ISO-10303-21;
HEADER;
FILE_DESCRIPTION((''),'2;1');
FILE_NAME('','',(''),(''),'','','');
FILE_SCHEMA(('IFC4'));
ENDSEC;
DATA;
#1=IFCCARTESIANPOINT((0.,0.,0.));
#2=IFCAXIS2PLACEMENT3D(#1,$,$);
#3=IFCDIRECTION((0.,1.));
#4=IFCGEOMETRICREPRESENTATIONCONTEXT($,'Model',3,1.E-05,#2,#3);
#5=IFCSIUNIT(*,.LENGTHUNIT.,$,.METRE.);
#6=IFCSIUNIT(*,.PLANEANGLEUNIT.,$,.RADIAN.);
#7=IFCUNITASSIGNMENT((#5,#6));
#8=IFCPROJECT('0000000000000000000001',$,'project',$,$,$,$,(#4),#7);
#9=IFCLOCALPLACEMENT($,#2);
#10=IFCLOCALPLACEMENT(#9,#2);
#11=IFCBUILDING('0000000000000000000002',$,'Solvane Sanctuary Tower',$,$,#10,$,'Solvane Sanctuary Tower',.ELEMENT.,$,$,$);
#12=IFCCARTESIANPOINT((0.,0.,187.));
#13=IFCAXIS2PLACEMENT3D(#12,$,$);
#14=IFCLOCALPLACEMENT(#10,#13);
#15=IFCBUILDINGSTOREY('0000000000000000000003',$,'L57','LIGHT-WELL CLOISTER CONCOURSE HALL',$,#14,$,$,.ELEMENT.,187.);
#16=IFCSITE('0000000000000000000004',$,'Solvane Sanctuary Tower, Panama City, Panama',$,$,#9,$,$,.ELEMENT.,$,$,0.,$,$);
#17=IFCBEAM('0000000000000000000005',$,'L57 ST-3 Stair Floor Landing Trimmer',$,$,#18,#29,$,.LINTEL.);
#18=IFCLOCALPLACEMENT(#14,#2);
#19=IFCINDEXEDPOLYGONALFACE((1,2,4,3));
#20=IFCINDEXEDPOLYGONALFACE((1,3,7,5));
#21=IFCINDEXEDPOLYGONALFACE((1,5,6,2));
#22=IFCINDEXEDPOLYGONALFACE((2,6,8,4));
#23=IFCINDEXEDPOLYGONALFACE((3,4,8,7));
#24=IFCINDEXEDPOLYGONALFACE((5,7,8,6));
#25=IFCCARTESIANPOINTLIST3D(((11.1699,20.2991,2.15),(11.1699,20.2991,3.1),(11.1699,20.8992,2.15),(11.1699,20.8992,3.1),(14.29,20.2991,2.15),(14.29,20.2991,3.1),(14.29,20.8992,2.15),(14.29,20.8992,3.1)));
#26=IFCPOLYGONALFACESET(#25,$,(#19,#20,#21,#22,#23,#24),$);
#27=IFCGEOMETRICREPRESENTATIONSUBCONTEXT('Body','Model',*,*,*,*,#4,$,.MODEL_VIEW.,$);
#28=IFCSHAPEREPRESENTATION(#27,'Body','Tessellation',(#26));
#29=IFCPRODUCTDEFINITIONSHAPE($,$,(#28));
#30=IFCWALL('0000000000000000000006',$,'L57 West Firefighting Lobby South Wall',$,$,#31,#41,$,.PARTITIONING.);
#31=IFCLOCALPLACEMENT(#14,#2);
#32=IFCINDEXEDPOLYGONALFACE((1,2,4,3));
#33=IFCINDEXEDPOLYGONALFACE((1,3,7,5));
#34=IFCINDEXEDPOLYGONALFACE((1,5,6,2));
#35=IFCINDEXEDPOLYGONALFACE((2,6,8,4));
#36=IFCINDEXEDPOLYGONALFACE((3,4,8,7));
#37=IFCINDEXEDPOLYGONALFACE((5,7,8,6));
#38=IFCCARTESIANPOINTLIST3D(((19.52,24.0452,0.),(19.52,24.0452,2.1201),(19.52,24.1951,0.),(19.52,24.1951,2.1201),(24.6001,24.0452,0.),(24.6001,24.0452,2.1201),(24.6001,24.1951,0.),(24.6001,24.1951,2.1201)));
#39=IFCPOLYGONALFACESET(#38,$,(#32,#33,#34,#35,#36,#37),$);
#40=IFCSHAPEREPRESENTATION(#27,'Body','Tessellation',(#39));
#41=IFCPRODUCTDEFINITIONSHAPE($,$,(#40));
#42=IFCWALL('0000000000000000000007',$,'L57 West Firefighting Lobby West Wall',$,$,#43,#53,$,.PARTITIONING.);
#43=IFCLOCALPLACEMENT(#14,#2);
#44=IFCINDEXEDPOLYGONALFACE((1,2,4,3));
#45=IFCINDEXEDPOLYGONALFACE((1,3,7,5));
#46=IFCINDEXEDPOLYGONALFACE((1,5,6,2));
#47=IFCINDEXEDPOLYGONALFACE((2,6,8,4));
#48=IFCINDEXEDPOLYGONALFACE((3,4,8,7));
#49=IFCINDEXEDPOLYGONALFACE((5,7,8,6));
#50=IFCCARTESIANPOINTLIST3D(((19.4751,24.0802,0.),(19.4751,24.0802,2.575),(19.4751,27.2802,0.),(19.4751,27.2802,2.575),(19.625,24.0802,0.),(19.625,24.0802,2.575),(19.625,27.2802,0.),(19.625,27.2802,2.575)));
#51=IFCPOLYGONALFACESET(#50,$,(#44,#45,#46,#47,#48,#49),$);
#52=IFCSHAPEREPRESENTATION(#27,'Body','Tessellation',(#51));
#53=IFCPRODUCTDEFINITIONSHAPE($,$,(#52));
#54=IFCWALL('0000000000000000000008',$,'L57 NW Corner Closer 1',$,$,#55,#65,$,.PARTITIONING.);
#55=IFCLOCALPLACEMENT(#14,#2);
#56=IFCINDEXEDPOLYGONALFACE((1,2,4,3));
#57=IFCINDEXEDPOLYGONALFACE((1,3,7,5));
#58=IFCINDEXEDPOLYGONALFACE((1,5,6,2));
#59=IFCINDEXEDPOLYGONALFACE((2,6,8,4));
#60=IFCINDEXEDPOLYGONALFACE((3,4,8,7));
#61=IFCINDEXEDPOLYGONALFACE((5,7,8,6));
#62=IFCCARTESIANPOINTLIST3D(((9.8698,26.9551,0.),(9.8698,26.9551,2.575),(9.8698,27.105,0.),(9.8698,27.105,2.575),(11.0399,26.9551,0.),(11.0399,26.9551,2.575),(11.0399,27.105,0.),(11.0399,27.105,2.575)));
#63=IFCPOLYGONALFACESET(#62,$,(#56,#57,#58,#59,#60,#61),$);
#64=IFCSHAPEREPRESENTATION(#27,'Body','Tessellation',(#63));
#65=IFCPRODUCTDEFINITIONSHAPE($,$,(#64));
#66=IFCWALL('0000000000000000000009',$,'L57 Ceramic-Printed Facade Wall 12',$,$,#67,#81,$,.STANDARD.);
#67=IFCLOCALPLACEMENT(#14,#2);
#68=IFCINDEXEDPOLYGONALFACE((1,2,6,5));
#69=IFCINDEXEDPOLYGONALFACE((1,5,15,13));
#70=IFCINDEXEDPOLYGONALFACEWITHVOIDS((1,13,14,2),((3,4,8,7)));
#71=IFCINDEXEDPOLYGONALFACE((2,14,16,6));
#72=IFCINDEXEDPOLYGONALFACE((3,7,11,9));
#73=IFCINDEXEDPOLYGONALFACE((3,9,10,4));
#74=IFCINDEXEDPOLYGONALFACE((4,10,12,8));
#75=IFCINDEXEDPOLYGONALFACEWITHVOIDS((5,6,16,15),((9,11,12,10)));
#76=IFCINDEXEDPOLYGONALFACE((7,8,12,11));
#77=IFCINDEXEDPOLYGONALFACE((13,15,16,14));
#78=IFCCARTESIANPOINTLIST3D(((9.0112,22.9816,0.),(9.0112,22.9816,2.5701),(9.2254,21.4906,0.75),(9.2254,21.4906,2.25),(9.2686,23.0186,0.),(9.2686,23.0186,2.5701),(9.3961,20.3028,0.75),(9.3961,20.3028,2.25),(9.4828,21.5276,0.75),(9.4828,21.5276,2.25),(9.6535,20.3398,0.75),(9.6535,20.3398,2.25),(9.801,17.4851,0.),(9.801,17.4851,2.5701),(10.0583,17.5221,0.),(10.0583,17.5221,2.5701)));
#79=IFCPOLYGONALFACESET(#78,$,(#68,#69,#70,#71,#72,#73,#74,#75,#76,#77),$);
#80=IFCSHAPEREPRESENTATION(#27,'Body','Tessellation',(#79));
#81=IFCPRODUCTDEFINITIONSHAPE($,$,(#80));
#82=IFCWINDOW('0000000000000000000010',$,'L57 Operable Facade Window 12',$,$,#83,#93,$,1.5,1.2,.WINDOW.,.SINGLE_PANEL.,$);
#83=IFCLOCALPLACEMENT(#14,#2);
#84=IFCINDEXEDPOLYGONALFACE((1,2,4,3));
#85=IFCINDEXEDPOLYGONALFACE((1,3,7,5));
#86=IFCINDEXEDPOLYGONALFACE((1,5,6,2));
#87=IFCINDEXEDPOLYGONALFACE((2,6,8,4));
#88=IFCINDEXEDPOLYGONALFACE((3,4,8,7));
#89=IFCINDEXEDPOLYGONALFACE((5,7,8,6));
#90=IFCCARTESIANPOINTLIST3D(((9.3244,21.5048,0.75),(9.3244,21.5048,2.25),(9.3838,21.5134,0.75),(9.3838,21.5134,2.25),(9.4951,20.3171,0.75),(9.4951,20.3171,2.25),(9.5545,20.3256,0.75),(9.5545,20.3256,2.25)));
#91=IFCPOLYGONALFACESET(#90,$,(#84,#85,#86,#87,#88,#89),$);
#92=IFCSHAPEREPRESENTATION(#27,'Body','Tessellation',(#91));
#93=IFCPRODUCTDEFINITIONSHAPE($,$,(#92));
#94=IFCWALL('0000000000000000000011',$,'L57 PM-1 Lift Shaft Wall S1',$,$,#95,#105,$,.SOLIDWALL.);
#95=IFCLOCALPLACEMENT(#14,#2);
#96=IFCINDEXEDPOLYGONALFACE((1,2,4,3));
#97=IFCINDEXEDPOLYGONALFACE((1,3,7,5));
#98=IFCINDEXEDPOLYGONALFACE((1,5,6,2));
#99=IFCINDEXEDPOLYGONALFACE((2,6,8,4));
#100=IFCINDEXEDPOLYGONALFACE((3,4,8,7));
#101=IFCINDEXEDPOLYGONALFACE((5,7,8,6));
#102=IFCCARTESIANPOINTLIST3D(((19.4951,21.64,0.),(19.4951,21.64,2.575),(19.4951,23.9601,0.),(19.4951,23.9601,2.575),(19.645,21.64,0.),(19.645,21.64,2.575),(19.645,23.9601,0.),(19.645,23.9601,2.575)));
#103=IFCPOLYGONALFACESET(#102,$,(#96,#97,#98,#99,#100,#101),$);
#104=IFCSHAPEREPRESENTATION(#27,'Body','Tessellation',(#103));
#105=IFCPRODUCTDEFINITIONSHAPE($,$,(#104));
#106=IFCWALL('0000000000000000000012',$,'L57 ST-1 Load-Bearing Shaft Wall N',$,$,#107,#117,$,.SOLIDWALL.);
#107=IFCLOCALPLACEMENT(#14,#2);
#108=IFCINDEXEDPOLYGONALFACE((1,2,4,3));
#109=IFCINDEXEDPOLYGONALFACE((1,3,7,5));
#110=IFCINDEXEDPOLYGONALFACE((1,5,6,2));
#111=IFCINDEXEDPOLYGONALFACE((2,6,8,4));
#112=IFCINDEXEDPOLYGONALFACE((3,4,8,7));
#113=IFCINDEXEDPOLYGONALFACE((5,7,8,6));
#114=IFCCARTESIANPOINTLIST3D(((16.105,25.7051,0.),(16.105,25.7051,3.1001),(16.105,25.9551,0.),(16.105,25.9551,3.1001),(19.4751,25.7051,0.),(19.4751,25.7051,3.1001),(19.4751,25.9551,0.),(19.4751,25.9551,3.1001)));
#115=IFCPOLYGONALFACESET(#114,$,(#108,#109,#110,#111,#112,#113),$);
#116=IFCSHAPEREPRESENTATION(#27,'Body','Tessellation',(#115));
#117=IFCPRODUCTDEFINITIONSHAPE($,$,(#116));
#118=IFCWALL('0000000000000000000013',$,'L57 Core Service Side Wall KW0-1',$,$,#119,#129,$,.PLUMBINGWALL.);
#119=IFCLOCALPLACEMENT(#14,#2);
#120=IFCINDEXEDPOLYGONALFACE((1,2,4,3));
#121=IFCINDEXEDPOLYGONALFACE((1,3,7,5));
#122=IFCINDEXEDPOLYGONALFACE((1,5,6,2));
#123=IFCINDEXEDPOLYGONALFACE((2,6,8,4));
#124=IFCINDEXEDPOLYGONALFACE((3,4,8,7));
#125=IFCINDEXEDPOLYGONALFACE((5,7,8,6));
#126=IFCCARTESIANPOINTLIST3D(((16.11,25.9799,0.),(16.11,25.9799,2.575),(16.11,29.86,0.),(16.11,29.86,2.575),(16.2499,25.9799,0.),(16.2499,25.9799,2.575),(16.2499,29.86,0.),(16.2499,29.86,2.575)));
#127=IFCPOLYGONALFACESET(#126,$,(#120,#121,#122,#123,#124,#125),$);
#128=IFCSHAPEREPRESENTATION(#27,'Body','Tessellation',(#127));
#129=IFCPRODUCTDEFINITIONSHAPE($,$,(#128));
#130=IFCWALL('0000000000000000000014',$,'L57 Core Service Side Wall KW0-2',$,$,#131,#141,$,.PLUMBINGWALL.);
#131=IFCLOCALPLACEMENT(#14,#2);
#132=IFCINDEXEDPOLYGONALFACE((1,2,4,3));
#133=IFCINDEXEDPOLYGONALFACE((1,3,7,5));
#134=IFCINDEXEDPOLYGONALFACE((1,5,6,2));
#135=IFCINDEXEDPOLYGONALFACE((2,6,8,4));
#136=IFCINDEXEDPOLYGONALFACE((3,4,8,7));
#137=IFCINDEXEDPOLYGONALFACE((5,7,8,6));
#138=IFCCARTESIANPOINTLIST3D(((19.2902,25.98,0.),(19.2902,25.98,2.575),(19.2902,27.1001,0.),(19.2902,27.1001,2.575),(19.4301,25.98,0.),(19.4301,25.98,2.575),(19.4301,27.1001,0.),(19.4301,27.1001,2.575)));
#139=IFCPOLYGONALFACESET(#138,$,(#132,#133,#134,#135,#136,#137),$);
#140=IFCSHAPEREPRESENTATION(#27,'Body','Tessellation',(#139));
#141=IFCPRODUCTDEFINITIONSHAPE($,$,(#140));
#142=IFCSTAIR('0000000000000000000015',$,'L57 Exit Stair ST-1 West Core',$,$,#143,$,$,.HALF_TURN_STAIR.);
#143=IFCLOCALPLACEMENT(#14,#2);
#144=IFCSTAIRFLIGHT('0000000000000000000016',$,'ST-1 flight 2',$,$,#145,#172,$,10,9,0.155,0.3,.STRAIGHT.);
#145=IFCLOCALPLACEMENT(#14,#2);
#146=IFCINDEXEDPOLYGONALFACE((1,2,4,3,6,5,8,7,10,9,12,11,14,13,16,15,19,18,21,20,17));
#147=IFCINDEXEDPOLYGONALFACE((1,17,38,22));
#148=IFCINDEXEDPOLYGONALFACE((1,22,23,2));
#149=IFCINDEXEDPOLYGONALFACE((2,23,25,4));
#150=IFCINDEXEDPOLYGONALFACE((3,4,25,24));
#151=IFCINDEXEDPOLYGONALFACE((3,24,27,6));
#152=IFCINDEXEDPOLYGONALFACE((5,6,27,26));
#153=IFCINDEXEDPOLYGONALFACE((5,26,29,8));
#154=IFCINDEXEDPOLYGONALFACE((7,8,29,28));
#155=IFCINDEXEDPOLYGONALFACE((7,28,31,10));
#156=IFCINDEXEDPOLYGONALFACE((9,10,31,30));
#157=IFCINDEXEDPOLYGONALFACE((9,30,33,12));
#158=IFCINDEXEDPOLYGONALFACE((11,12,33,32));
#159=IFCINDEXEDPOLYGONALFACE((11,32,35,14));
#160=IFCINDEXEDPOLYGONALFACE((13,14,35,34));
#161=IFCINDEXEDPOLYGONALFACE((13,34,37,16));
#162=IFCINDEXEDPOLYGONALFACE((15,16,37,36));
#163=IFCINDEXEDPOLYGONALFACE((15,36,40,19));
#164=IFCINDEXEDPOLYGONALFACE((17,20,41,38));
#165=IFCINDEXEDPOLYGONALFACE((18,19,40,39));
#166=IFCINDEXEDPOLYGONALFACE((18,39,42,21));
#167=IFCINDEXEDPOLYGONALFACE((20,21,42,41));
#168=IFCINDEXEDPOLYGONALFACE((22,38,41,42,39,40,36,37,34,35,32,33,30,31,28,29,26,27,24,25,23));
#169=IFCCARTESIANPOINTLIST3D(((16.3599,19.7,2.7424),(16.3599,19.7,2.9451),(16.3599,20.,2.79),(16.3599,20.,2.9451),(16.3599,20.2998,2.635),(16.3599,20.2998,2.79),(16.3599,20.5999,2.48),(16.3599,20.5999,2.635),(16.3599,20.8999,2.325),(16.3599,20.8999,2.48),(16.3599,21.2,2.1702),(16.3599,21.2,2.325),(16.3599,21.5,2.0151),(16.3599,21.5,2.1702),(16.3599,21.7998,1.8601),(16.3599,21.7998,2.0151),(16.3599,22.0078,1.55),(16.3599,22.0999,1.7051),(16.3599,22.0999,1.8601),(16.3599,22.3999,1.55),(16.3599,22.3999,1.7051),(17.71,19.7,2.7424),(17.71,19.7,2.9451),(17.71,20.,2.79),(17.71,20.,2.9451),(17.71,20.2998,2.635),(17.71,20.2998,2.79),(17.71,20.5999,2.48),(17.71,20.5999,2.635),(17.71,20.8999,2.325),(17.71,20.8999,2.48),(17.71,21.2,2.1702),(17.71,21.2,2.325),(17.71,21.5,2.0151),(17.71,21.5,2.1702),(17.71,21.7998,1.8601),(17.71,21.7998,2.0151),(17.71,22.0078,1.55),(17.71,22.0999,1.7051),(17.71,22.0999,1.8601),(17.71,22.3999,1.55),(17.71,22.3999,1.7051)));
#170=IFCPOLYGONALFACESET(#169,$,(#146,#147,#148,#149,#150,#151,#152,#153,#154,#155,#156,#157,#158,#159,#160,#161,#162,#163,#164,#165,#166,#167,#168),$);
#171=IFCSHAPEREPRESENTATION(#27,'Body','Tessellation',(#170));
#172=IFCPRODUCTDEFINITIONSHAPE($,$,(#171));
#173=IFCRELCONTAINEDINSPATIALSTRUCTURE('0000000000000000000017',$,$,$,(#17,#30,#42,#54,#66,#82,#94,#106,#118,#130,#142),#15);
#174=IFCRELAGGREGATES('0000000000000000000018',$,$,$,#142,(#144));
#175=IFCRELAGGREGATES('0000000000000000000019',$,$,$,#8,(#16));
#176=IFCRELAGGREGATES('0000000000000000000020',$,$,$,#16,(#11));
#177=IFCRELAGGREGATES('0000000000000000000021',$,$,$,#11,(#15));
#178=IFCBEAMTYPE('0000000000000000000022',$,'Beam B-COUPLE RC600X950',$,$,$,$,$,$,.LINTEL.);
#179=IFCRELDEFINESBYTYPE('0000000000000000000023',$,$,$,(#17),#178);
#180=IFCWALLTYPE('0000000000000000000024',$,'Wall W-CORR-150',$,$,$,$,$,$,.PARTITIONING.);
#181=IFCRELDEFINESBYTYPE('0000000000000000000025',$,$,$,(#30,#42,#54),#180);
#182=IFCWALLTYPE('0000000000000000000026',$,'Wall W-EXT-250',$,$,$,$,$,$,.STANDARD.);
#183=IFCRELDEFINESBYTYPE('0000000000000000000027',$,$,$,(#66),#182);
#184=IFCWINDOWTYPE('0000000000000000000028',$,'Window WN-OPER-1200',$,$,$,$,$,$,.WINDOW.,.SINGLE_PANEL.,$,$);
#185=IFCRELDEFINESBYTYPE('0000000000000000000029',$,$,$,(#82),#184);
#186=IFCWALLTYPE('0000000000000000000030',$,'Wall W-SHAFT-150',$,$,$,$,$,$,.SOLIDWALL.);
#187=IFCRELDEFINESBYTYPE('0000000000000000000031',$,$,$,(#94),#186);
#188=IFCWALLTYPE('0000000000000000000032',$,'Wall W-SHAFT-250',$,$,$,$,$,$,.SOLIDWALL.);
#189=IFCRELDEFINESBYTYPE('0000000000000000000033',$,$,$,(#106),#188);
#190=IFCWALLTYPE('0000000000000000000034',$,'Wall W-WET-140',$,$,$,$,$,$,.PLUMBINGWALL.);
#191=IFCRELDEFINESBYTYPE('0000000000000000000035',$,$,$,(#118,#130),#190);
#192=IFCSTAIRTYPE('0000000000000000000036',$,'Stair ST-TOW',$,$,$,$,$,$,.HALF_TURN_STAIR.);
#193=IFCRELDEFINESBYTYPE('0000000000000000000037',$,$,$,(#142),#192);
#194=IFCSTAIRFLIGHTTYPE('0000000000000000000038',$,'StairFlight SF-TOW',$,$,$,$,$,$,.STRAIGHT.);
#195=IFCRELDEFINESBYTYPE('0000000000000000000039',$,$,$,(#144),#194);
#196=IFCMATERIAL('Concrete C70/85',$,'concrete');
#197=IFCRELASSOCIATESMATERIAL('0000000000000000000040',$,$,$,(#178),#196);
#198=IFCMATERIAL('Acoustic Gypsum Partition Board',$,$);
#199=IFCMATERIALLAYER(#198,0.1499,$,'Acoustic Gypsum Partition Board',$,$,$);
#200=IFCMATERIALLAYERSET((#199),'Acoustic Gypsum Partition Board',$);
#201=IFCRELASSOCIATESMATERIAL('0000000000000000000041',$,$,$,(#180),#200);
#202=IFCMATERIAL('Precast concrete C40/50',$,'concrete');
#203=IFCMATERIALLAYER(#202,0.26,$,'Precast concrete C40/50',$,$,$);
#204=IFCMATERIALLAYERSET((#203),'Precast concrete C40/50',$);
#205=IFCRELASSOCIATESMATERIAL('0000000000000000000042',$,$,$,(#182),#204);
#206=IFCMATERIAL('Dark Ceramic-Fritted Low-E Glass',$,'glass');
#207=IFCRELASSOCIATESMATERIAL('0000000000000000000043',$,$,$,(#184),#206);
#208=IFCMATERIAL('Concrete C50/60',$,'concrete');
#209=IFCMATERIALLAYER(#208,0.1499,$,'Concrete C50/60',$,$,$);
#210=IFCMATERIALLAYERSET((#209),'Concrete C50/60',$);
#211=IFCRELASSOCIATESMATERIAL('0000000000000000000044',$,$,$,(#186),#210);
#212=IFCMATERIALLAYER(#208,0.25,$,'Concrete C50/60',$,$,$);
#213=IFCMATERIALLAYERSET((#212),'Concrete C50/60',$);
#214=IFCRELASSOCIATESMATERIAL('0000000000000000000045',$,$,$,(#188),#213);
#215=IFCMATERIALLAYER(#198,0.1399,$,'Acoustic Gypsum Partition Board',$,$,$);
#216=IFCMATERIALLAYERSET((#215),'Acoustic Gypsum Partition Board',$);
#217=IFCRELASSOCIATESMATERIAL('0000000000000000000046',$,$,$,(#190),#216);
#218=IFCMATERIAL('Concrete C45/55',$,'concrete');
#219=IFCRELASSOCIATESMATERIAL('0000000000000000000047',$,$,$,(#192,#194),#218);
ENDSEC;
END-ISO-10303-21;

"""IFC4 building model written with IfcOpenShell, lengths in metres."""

from ifc_helpers import new_model, si_unit, direction, frame, frame_2d, origin, origin_2d, place, context, subcontext, project, spatial, polyline, rectangle, outline, extrude, material, layer, layer_set, material_profile, profile_set, type_object, element, fill, aggregate, save


model = new_model("IFC4")

# Units and contexts
model_context = context("Model", 3, precision=1e-05, world=origin(), true_north=direction((0.0, 1.0)))
body_context = subcontext(model_context, "Body", "Model", "MODEL_VIEW")
ifc_project = project(units=[si_unit("LENGTHUNIT", "METRE"), si_unit("PLANEANGLEUNIT", "RADIAN")], contexts=[model_context])

# Site, building, storey
site_placement = place(None, origin())
site = spatial("IfcSite", under=ifc_project, at=site_placement, Name="Solvane Sanctuary Tower, Panama City, Panama", CompositionType="ELEMENT", RefElevation=0.0)
building_placement = place(site_placement, origin())
building = spatial("IfcBuilding", under=site, at=building_placement, Name="Solvane Sanctuary Tower", LongName="Solvane Sanctuary Tower", CompositionType="ELEMENT")
storey_placement = place(building_placement, frame((0.0, 0.0, 187.0)))
storey = spatial("IfcBuildingStorey", under=building, at=storey_placement, Name="L57", Description="LIGHT-WELL CLOISTER CONCOURSE HALL", CompositionType="ELEMENT", Elevation=187.0)

# Beam
ifc_material_1 = material(Name="Concrete C70/85", Category="concrete")
ifc_material_profile = material_profile(ifc_material_1, rectangle(XDim=0.6001, YDim=0.95, at=origin_2d()), Name="RC600X950")
ifc_profile_set = profile_set([ifc_material_profile], Name="Concrete C70/85")
beam_type = type_object("IfcBeamType", Name="Beam B-COUPLE RC600X950", PredefinedType="LINTEL", material=ifc_profile_set)
beam_placement = place(storey_placement, frame((11.1699, 20.5991, 2.625), z_axis=(1.0, 0.0, 0.0), x_axis=(0.0, 1.0, 0.0)))
element("IfcBeam", 1, at=beam_placement, inside=storey, type_object=beam_type, Name="L57 ST-3 Stair Floor Landing Trimmer", PredefinedType="LINTEL", context=body_context, shape_type="SweptSolid", body=[
    extrude(rectangle(XDim=0.6001, YDim=0.95, at=origin_2d()), origin(), (0.0, 0.0, 1.0), 3.1201),
])

# Walls
ifc_material_2 = material(Name="Acoustic Gypsum Partition Board")
ifc_layer_1 = layer(ifc_material_2, 0.1499, Name="Acoustic Gypsum Partition Board")
ifc_layer_set_1 = layer_set([ifc_layer_1], Name="Acoustic Gypsum Partition Board")
wall_type_1 = type_object("IfcWallType", Name="Wall W-CORR-150", PredefinedType="PARTITIONING", material=ifc_layer_set_1)
wall_1_placement = place(storey_placement, frame((19.52, 24.1201, 0.0), z_axis=(0.0, 0.0, 1.0), x_axis=(1.0, 0.0, 0.0)))
element("IfcWall", 2, at=wall_1_placement, inside=storey, type_object=wall_type_1, Name="L57 West Firefighting Lobby South Wall", PredefinedType="PARTITIONING", context=body_context, shape_type="SweptSolid", body=[
    extrude(rectangle(XDim=5.0801, YDim=0.1499, at=frame_2d((2.54, 0.0))), origin(), (0.0, 0.0, 1.0), 2.1201),
])
wall_2_placement = place(storey_placement, frame((19.55, 24.0801, 0.0), z_axis=(0.0, 0.0, 1.0), x_axis=(0.0, 1.0, 0.0)))
element("IfcWall", 3, at=wall_2_placement, inside=storey, type_object=wall_type_1, Name="L57 West Firefighting Lobby West Wall", PredefinedType="PARTITIONING", context=body_context, shape_type="SweptSolid", body=[
    extrude(rectangle(XDim=3.2, YDim=0.1499, at=frame_2d((1.6001, 0.0))), origin(), (0.0, 0.0, 1.0), 2.575),
])
wall_3_placement = place(storey_placement, frame((9.8699, 27.03, 0.0), z_axis=(0.0, 0.0, 1.0), x_axis=(1.0, 0.0, 0.0)))
element("IfcWall", 4, at=wall_3_placement, inside=storey, type_object=wall_type_1, Name="L57 NW Corner Closer 1", PredefinedType="PARTITIONING", context=body_context, shape_type="SweptSolid", body=[
    extrude(rectangle(XDim=1.1702, YDim=0.1499, at=frame_2d((0.585, 0.0))), origin(), (0.0, 0.0, 1.0), 2.575),
])

# Wall, opening, window
ifc_material_3 = material(Name="Precast concrete C40/50", Category="concrete")
ifc_layer_2 = layer(ifc_material_3, 0.26, Name="Precast concrete C40/50")
ifc_layer_set_2 = layer_set([ifc_layer_2], Name="Precast concrete C40/50")
wall_type_2 = type_object("IfcWallType", Name="Wall W-EXT-250", PredefinedType="STANDARD", material=ifc_layer_set_2)
wall_4_placement = place(storey_placement, frame((9.1399, 23.0, 0.0), z_axis=(0.0, 0.0, 1.0), x_axis=(0.142228, -0.989834, 0.0)))
wall_4 = element("IfcWall", 5, at=wall_4_placement, inside=storey, type_object=wall_type_2, Name="L57 Ceramic-Printed Facade Wall 12", PredefinedType="STANDARD", context=body_context, shape_type="SweptSolid", body=[
    extrude(rectangle(XDim=5.553, YDim=0.26, at=frame_2d((2.7764, 0.0))), origin(), (0.0, 0.0, 1.0), 2.5701),
])
opening_placement = place(wall_4_placement, frame((1.5061, 0.0, 0.75)))
opening = element("IfcOpeningElement", 6, at=opening_placement, cuts=wall_4, PredefinedType="OPENING", context=body_context, shape_type="SweptSolid", body=[
    extrude(rectangle(XDim=1.2, YDim=1.5, at=frame_2d((0.6001, 0.75))), frame((0.0, 0.1399, 0.0), z_axis=(0.0, -1.0, 0.0), x_axis=(1.0, 0.0, 0.0)), (0.0, 0.0, 1.0), 0.28),
])
ifc_material_4 = material(Name="Dark Ceramic-Fritted Low-E Glass", Category="glass")
window_type = type_object("IfcWindowType", Name="Window WN-OPER-1200", PartitioningType="SINGLE_PANEL", PredefinedType="WINDOW", material=ifc_material_4)
window_placement = place(opening_placement, origin())
window = element("IfcWindow", 7, at=window_placement, inside=storey, type_object=window_type, Name="L57 Operable Facade Window 12", OverallHeight=1.5, OverallWidth=1.2, PartitioningType="SINGLE_PANEL", PredefinedType="WINDOW", context=body_context, shape_type="SweptSolid", body=[
    extrude(rectangle(XDim=1.2, YDim=1.5, at=frame_2d((0.6001, 0.75))), frame((0.0, 0.03, 0.0), z_axis=(0.0, -1.0, 0.0), x_axis=(1.0, 0.0, 0.0)), (0.0, 0.0, 1.0), 0.0601),
])
fill(opening, window)

# Walls
ifc_material_5 = material(Name="Concrete C50/60", Category="concrete")
ifc_layer_3 = layer(ifc_material_5, 0.1499, Name="Concrete C50/60")
ifc_layer_set_3 = layer_set([ifc_layer_3], Name="Concrete C50/60")
wall_type_3 = type_object("IfcWallType", Name="Wall W-SHAFT-150", PredefinedType="SOLIDWALL", material=ifc_layer_set_3)
wall_5_placement = place(storey_placement, frame((19.5701, 21.6399, 0.0), z_axis=(0.0, 0.0, 1.0), x_axis=(0.0, 1.0, 0.0)))
element("IfcWall", 8, at=wall_5_placement, inside=storey, type_object=wall_type_3, Name="L57 PM-1 Lift Shaft Wall S1", PredefinedType="SOLIDWALL", context=body_context, shape_type="SweptSolid", body=[
    extrude(rectangle(XDim=2.3201, YDim=0.1499, at=frame_2d((1.1602, 0.0))), origin(), (0.0, 0.0, 1.0), 2.575),
])
ifc_layer_4 = layer(ifc_material_5, 0.25, Name="Concrete C50/60")
ifc_layer_set_4 = layer_set([ifc_layer_4], Name="Concrete C50/60")
wall_type_4 = type_object("IfcWallType", Name="Wall W-SHAFT-250", PredefinedType="SOLIDWALL", material=ifc_layer_set_4)
wall_6_placement = place(storey_placement, frame((16.105, 25.8301, 0.0), z_axis=(0.0, 0.0, 1.0), x_axis=(1.0, 0.0, 0.0)))
element("IfcWall", 9, at=wall_6_placement, inside=storey, type_object=wall_type_4, Name="L57 ST-1 Load-Bearing Shaft Wall N", PredefinedType="SOLIDWALL", context=body_context, shape_type="SweptSolid", body=[
    extrude(rectangle(XDim=3.3701, YDim=0.25, at=frame_2d((1.6851, 0.0))), origin(), (0.0, 0.0, 1.0), 3.1001),
])
ifc_layer_5 = layer(ifc_material_2, 0.1399, Name="Acoustic Gypsum Partition Board")
ifc_layer_set_5 = layer_set([ifc_layer_5], Name="Acoustic Gypsum Partition Board")
wall_type_5 = type_object("IfcWallType", Name="Wall W-WET-140", PredefinedType="PLUMBINGWALL", material=ifc_layer_set_5)
wall_7_placement = place(storey_placement, frame((16.1799, 25.98, 0.0), z_axis=(0.0, 0.0, 1.0), x_axis=(0.0, 1.0, 0.0)))
element("IfcWall", 10, at=wall_7_placement, inside=storey, type_object=wall_type_5, Name="L57 Core Service Side Wall KW0-1", PredefinedType="PLUMBINGWALL", context=body_context, shape_type="SweptSolid", body=[
    extrude(rectangle(XDim=3.8801, YDim=0.1399, at=frame_2d((1.9399, 0.0))), origin(), (0.0, 0.0, 1.0), 2.575),
])
wall_8_placement = place(storey_placement, frame((19.3601, 25.98, 0.0), z_axis=(0.0, 0.0, 1.0), x_axis=(0.0, 1.0, 0.0)))
element("IfcWall", 11, at=wall_8_placement, inside=storey, type_object=wall_type_5, Name="L57 Core Service Side Wall KW0-2", PredefinedType="PLUMBINGWALL", context=body_context, shape_type="SweptSolid", body=[
    extrude(rectangle(XDim=1.1201, YDim=0.1399, at=frame_2d((0.5601, 0.0))), origin(), (0.0, 0.0, 1.0), 2.575),
])

# Stair, stair flight
ifc_material_6 = material(Name="Concrete C45/55", Category="concrete")
stair_type = type_object("IfcStairType", Name="Stair ST-TOW", PredefinedType="HALF_TURN_STAIR", material=ifc_material_6)
stair_1_placement = place(storey_placement, origin())
stair_1 = element("IfcStair", 12, at=stair_1_placement, inside=storey, type_object=stair_type, Name="L57 Exit Stair ST-1 West Core", PredefinedType="HALF_TURN_STAIR")
stair_flight_type = type_object("IfcStairFlightType", Name="StairFlight SF-TOW", PredefinedType="STRAIGHT", material=ifc_material_6)
stair_flight_1_placement = place(storey_placement, frame((17.0349, 22.3999, 1.55), z_axis=(0.0, 0.0, 1.0), x_axis=(0.0, -1.0, 0.0)))
stair_flight_1 = element("IfcStairFlight", 13, at=stair_flight_1_placement, type_object=stair_flight_type, Name="ST-1 flight 2", NumberOfRisers=10, NumberOfTreads=9, PredefinedType="STRAIGHT", RiserHeight=0.155, TreadLength=0.3, context=body_context, shape_type="SweptSolid", body=[
    extrude(outline(polyline([(0.0, 0.0), (0.0, 0.155), (0.3, 0.155), (0.3, 0.3101), (0.6001, 0.3101), (0.6001, 0.4651), (0.8999, 0.4651), (0.8999, 0.6201), (1.2, 0.6201), (1.2, 0.7749), (1.5, 0.7749), (1.5, 0.9299), (1.8, 0.9299), (1.8, 1.085), (2.1001, 1.085), (2.1001, 1.24), (2.3999, 1.24), (2.3999, 1.395), (2.7, 1.395), (2.7, 1.55), (2.7, 1.1924), (0.3921, 0.0), (0.0, 0.0)])), frame((0.0, 0.675, 0.0), z_axis=(0.0, -1.0, 0.0), x_axis=(1.0, 0.0, 0.0)), (0.0, 0.0, 1.0), 1.3501),
])
aggregate(stair_1, [stair_flight_1])

save(model, "model.ifc")
